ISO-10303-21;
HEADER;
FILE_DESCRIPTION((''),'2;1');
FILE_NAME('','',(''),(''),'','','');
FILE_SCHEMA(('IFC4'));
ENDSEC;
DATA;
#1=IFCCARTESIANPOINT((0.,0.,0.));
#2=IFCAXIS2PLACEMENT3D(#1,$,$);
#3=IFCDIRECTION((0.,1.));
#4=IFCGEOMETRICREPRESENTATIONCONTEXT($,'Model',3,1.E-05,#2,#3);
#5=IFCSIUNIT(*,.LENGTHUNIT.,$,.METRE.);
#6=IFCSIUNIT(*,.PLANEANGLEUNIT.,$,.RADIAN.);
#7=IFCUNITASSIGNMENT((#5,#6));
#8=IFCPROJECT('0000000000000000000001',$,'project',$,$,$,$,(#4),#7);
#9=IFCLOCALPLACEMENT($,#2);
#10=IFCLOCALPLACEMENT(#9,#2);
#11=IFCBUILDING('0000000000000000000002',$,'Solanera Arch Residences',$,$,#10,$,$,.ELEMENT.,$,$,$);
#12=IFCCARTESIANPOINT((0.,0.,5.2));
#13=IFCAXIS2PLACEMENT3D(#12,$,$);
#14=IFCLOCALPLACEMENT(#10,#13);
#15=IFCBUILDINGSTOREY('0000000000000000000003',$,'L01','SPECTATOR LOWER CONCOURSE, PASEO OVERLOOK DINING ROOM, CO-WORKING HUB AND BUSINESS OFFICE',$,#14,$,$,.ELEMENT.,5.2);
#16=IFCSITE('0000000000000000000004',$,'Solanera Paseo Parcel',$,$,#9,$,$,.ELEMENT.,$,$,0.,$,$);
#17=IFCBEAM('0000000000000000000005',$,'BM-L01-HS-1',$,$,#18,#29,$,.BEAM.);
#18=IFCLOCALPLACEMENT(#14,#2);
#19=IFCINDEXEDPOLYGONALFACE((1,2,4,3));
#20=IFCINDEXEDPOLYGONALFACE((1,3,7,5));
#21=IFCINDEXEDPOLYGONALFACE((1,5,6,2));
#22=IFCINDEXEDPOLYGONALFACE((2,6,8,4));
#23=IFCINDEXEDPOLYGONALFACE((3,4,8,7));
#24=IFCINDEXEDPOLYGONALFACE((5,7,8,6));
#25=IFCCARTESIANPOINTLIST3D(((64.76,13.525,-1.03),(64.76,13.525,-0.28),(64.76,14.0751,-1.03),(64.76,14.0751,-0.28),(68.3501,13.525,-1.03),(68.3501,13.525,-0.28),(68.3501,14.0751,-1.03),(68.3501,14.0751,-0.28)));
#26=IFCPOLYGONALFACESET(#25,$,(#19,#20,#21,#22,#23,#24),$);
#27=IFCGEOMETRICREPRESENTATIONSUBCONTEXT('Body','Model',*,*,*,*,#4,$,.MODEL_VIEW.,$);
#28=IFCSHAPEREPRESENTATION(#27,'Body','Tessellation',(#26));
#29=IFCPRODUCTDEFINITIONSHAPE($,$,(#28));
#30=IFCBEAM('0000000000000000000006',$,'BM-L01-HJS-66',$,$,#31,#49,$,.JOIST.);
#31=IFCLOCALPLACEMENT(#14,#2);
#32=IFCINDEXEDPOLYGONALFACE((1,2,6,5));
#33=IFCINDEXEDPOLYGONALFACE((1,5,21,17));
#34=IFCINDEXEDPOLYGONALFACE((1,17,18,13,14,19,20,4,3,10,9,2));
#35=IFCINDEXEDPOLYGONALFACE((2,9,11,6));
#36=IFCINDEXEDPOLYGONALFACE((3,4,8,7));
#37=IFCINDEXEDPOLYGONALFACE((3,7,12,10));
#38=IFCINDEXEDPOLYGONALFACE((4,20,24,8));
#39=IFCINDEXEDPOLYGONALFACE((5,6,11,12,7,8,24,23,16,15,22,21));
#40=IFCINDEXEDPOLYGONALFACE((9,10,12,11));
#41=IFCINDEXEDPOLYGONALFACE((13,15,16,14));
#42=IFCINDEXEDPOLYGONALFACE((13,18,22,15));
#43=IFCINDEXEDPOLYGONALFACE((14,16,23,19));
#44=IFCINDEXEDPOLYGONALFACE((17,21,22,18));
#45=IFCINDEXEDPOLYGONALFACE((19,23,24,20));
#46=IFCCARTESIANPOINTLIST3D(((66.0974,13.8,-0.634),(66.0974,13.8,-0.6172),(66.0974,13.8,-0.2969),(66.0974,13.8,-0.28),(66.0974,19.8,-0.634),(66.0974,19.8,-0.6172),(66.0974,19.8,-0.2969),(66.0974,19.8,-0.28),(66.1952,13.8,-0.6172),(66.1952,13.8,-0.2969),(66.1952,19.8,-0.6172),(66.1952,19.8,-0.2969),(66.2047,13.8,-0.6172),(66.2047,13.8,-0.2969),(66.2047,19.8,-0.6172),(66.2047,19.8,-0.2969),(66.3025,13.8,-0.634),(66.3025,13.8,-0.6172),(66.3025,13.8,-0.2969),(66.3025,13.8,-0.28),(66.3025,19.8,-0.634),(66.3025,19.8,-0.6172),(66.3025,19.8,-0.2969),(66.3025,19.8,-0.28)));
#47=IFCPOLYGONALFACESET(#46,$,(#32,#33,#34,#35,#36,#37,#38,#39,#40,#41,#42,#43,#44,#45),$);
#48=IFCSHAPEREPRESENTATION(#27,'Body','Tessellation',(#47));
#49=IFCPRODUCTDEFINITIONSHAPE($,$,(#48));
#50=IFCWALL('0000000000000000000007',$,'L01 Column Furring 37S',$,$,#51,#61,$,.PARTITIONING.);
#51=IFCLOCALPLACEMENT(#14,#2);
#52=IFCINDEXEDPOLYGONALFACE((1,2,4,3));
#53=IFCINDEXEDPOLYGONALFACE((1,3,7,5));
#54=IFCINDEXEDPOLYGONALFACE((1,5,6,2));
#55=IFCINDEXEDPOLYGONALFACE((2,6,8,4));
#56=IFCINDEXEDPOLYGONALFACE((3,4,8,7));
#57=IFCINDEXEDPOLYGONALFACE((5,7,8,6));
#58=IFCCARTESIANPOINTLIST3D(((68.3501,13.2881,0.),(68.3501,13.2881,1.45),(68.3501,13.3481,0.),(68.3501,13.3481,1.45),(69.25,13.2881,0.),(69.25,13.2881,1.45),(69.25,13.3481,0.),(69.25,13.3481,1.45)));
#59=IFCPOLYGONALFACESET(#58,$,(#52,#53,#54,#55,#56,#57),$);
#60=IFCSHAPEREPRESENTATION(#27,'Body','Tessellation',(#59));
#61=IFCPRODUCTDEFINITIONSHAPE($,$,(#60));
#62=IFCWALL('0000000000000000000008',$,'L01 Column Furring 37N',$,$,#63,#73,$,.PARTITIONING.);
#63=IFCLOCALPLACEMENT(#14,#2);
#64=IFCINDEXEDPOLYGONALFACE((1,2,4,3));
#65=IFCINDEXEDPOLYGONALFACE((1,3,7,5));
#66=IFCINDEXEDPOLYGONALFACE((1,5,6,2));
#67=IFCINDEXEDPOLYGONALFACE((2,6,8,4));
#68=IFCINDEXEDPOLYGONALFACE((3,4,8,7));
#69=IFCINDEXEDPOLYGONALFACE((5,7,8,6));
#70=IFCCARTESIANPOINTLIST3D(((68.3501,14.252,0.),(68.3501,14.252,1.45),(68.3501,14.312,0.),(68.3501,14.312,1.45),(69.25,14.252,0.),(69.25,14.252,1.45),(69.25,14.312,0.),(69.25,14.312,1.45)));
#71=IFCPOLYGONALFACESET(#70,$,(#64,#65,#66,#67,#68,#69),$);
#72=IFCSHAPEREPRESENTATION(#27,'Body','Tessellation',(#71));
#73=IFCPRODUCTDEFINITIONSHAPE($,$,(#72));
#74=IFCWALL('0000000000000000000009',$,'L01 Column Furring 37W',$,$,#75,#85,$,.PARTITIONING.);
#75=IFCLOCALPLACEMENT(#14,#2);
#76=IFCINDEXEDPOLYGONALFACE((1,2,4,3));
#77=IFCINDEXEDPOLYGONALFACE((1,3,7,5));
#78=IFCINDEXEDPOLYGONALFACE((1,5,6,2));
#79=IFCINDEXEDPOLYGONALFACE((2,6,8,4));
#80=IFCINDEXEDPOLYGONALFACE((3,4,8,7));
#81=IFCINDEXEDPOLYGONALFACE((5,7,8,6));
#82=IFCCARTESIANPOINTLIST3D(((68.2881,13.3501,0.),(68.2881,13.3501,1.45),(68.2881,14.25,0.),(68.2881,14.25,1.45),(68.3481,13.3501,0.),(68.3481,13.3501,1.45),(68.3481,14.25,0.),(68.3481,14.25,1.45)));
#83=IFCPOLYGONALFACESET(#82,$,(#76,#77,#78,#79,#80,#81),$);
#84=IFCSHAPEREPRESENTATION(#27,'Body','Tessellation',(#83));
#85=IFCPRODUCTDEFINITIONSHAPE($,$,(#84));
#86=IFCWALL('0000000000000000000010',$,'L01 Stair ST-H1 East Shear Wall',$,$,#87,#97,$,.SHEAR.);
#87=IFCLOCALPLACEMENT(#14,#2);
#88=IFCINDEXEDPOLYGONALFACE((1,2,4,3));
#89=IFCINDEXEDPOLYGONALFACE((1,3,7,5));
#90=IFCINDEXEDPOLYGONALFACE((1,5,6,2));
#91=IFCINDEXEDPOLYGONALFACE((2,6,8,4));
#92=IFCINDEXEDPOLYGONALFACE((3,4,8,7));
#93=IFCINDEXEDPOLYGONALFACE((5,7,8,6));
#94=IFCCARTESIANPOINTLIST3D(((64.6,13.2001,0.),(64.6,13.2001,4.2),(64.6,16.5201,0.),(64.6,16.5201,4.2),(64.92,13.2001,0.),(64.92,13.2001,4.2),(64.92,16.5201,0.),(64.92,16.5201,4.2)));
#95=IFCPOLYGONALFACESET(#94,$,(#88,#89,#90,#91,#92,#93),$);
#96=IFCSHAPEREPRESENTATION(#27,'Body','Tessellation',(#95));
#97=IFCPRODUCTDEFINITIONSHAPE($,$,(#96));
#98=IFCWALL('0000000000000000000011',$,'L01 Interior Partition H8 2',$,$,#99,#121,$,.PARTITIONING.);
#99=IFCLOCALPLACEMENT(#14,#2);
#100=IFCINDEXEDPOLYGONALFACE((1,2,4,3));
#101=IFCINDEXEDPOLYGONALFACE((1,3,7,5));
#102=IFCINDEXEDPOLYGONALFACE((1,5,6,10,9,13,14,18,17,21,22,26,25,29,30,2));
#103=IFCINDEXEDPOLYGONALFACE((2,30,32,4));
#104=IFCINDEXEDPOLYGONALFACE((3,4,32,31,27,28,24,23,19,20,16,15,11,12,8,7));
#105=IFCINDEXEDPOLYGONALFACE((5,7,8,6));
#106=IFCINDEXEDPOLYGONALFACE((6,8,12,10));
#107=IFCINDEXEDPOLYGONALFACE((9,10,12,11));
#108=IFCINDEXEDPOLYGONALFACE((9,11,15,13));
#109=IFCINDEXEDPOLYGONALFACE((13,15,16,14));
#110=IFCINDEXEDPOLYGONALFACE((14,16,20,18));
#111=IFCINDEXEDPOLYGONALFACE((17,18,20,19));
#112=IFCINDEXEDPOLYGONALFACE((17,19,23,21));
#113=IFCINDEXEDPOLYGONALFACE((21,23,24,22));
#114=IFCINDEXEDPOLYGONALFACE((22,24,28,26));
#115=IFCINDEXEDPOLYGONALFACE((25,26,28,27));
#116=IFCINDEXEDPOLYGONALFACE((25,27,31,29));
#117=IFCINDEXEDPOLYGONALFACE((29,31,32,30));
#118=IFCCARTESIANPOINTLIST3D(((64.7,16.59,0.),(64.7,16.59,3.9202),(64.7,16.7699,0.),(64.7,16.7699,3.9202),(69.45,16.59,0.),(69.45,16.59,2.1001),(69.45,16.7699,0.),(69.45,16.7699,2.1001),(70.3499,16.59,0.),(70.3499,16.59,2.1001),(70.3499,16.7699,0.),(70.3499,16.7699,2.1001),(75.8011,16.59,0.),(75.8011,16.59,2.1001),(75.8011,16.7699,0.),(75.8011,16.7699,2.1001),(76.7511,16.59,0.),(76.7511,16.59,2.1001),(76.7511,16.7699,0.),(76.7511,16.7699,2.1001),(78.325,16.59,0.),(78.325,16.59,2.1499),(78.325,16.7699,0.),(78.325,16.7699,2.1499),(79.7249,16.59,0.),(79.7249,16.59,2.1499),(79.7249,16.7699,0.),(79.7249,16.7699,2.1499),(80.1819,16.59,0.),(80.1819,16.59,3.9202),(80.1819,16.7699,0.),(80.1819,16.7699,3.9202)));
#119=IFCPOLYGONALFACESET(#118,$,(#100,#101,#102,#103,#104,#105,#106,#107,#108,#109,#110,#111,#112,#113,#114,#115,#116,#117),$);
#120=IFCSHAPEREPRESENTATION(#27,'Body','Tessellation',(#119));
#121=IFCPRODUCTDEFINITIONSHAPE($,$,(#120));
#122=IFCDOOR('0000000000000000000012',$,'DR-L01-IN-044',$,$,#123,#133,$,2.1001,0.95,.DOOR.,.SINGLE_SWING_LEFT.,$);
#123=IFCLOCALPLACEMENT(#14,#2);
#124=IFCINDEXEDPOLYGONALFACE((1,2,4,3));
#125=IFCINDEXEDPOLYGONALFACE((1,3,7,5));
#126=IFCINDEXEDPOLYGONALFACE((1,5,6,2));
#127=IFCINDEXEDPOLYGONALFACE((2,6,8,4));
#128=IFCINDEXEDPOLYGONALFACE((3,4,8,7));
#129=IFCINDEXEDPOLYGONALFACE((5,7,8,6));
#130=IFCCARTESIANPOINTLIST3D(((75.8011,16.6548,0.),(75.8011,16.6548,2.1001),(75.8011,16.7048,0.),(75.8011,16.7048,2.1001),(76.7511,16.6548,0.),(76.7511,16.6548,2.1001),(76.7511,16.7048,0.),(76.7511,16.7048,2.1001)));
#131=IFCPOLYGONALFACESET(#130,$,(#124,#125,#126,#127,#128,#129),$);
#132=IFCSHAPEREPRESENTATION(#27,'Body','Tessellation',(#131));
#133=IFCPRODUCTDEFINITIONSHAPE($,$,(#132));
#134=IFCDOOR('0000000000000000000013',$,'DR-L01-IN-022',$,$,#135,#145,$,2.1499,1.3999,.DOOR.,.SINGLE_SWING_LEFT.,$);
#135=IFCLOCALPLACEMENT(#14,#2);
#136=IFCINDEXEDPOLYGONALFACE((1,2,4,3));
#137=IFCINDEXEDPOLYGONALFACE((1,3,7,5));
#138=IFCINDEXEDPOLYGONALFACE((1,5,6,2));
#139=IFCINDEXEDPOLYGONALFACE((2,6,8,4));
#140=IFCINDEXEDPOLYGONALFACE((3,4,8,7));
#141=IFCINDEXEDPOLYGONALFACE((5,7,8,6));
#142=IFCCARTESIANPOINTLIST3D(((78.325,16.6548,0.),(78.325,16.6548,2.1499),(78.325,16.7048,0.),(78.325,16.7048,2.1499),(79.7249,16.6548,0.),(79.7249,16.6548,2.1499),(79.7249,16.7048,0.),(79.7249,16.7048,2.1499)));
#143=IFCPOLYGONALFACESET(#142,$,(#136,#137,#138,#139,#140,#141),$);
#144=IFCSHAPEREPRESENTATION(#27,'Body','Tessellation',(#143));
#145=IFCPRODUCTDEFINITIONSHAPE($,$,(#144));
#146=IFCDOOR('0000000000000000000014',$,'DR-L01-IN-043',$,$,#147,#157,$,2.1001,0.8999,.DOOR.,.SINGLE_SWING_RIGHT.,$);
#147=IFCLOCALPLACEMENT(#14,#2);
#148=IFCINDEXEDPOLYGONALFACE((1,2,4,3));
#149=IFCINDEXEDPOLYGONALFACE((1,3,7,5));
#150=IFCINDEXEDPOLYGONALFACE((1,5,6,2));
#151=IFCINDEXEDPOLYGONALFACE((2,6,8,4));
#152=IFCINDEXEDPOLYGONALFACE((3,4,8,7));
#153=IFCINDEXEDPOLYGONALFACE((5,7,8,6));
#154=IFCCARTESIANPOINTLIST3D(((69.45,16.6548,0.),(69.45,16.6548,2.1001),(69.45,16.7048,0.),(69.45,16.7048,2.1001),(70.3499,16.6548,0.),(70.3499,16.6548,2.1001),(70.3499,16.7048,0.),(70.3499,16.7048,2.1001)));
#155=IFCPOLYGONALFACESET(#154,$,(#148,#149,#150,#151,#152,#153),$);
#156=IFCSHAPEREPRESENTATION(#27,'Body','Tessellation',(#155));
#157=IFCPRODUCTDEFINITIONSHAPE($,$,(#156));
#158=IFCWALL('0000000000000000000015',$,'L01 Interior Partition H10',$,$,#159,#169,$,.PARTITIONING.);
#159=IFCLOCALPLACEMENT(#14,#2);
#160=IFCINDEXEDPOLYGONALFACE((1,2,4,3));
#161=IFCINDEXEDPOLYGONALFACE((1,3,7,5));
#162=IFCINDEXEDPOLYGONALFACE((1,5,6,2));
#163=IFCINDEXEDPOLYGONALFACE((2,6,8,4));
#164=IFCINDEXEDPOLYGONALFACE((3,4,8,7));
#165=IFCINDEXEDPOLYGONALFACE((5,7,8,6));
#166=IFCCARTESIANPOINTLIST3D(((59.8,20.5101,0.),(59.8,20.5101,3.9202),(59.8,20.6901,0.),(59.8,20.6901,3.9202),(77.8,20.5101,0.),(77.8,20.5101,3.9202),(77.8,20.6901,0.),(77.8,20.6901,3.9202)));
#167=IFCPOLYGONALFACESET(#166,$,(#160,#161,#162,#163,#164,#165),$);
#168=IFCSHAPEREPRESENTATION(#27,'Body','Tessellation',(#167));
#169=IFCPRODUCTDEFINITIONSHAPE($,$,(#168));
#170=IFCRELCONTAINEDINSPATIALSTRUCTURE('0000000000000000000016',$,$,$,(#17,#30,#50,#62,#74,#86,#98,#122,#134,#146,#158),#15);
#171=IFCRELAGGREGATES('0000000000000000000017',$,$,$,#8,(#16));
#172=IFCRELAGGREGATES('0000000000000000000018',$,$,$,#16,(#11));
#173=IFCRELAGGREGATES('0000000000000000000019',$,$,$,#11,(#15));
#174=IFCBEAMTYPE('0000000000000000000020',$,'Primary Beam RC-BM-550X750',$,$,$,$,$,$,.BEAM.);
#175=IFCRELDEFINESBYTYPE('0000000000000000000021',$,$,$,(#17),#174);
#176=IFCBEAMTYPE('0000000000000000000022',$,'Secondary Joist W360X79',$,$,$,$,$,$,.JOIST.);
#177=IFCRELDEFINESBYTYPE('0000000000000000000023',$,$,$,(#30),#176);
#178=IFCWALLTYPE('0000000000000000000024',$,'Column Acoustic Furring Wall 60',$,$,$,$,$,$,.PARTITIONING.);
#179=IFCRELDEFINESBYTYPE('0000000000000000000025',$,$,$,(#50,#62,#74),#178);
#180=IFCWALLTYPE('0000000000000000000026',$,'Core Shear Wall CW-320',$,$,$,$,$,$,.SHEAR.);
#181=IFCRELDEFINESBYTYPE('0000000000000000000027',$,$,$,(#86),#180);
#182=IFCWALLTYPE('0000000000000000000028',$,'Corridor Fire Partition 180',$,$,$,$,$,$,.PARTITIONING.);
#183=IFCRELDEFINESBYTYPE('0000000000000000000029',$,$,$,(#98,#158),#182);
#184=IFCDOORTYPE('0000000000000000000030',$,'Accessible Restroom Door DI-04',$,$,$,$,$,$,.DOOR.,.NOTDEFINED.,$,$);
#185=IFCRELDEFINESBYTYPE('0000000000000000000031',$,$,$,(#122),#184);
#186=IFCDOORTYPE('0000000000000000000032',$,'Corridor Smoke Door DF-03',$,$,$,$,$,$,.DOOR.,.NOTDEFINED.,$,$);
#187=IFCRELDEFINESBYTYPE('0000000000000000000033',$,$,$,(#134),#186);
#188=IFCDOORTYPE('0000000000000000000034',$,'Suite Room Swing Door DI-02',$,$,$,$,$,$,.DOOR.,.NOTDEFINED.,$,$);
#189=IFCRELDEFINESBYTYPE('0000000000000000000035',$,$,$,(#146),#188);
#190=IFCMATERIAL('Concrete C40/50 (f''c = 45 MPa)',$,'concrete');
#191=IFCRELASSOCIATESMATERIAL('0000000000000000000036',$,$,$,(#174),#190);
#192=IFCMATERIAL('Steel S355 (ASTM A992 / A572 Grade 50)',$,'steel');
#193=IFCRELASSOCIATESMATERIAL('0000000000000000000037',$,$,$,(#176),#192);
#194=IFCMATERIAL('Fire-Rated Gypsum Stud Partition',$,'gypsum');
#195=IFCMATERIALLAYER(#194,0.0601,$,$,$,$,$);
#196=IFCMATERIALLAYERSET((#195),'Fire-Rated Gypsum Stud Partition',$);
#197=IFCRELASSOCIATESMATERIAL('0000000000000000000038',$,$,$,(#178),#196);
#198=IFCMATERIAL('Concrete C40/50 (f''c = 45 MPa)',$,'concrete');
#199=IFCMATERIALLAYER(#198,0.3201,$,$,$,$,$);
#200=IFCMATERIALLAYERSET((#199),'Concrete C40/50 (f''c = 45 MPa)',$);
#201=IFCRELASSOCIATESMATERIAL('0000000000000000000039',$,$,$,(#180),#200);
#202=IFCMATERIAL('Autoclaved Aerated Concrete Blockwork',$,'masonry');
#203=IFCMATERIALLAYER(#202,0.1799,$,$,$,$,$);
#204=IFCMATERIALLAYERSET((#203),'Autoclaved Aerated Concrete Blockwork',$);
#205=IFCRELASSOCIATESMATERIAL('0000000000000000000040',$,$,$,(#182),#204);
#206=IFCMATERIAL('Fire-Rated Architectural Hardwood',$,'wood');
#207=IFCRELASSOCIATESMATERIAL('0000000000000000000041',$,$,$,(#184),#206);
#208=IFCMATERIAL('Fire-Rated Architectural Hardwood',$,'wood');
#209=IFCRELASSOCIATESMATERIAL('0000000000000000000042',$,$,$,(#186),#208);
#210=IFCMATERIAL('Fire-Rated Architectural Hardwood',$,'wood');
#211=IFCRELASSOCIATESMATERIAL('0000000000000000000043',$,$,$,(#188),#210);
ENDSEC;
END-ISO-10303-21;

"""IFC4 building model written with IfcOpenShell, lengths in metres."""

from ifc_helpers import new_model, si_unit, direction, frame, frame_2d, origin, origin_2d, place, context, subcontext, project, spatial, rectangle, i_section, extrude, material, layer, layer_set, material_profile, profile_set, type_object, element, fill, save


model = new_model("IFC4")

# Units and contexts
model_context = context("Model", 3, precision=1e-05, world=origin(), true_north=direction((0.0, 1.0)))
body_context = subcontext(model_context, "Body", "Model", "MODEL_VIEW")
ifc_project = project(units=[si_unit("LENGTHUNIT", "METRE"), si_unit("PLANEANGLEUNIT", "RADIAN")], contexts=[model_context])

# Site, building, storey
site_placement = place(None, origin())
site = spatial("IfcSite", under=ifc_project, at=site_placement, Name="Solanera Paseo Parcel", CompositionType="ELEMENT", RefElevation=0.0)
building_placement = place(site_placement, origin())
building = spatial("IfcBuilding", under=site, at=building_placement, Name="Solanera Arch Residences", CompositionType="ELEMENT")
storey_placement = place(building_placement, frame((0.0, 0.0, 5.2)))
storey = spatial("IfcBuildingStorey", under=building, at=storey_placement, Name="L01", Description="SPECTATOR LOWER CONCOURSE, PASEO OVERLOOK DINING ROOM, CO-WORKING HUB AND BUSINESS OFFICE", CompositionType="ELEMENT", Elevation=5.2)

# Beams
ifc_material_1 = material(Name="Concrete C40/50 (f'c = 45 MPa)", Category="concrete")
ifc_material_profile_1 = material_profile(ifc_material_1, rectangle(XDim=0.55, YDim=0.75, at=origin_2d()))
ifc_profile_set_1 = profile_set([ifc_material_profile_1], Name="Concrete C40/50 (f'c = 45 MPa)")
beam_type_1 = type_object("IfcBeamType", Name="Primary Beam RC-BM-550X750", PredefinedType="BEAM", material=ifc_profile_set_1)
beam_1_placement = place(storey_placement, frame((64.76, 13.8, -0.655), z_axis=(1.0, 0.0, 0.0), x_axis=(0.0, 1.0, 0.0)))
element("IfcBeam", 1, at=beam_1_placement, inside=storey, type_object=beam_type_1, Name="BM-L01-HS-1", PredefinedType="BEAM", context=body_context, shape_type="SweptSolid", body=[
    extrude(rectangle(XDim=0.55, YDim=0.75, at=origin_2d()), origin(), (0.0, 0.0, 1.0), 3.5901),
])
ifc_material_2 = material(Name="Steel S355 (ASTM A992 / A572 Grade 50)", Category="steel")
ifc_material_profile_2 = material_profile(ifc_material_2, i_section(OverallWidth=0.2051, OverallDepth=0.354, WebThickness=0.0095, FlangeThickness=0.0168, at=origin_2d()))
ifc_profile_set_2 = profile_set([ifc_material_profile_2], Name="Steel S355 (ASTM A992 / A572 Grade 50)")
beam_type_2 = type_object("IfcBeamType", Name="Secondary Joist W360X79", PredefinedType="JOIST", material=ifc_profile_set_2)
beam_2_placement = place(storey_placement, frame((66.2, 13.8, -0.457), z_axis=(0.0, 1.0, 0.0), x_axis=(-1.0, 0.0, 0.0)))
element("IfcBeam", 2, at=beam_2_placement, inside=storey, type_object=beam_type_2, Name="BM-L01-HJS-66", PredefinedType="JOIST", context=body_context, shape_type="SweptSolid", body=[
    extrude(i_section(OverallWidth=0.2051, OverallDepth=0.354, WebThickness=0.0095, FlangeThickness=0.0168, at=origin_2d()), origin(), (0.0, 0.0, 1.0), 6.0),
])

# Walls
ifc_material_3 = material(Name="Fire-Rated Gypsum Stud Partition", Category="gypsum")
ifc_layer_1 = layer(ifc_material_3, 0.0601)
ifc_layer_set_1 = layer_set([ifc_layer_1], Name="Fire-Rated Gypsum Stud Partition")
wall_type_1 = type_object("IfcWallType", Name="Column Acoustic Furring Wall 60", PredefinedType="PARTITIONING", material=ifc_layer_set_1)
for number, where, z_axis, x_axis, name in (
    (3, (68.3501, 13.3181, 0.0), (0.0, 0.0, 1.0), (1.0, 0.0, 0.0), "L01 Column Furring 37S"),
    (4, (68.3501, 14.282, 0.0), (0.0, 0.0, 1.0), (1.0, 0.0, 0.0), "L01 Column Furring 37N"),
    (5, (68.3181, 13.3501, 0.0), (0.0, 0.0, 1.0), (0.0, 1.0, 0.0), "L01 Column Furring 37W"),
):
    element("IfcWall", number, at=place(storey_placement, frame(where, z_axis=z_axis, x_axis=x_axis)), inside=storey, type_object=wall_type_1, Name=name, PredefinedType="PARTITIONING", context=body_context, shape_type="SweptSolid", body=[
        extrude(rectangle(XDim=0.8999, YDim=0.0601, at=frame_2d((0.45, 0.0))), origin(), (0.0, 0.0, 1.0), 1.45),
    ])
ifc_material_4 = material(Name="Concrete C40/50 (f'c = 45 MPa)", Category="concrete")
ifc_layer_2 = layer(ifc_material_4, 0.3201)
ifc_layer_set_2 = layer_set([ifc_layer_2], Name="Concrete C40/50 (f'c = 45 MPa)")
wall_type_2 = type_object("IfcWallType", Name="Core Shear Wall CW-320", PredefinedType="SHEAR", material=ifc_layer_set_2)
wall_1_placement = place(storey_placement, frame((64.76, 13.2, 0.0), z_axis=(0.0, 0.0, 1.0), x_axis=(0.0, 1.0, 0.0)))
element("IfcWall", 6, at=wall_1_placement, inside=storey, type_object=wall_type_2, Name="L01 Stair ST-H1 East Shear Wall", PredefinedType="SHEAR", context=body_context, shape_type="SweptSolid", body=[
    extrude(rectangle(XDim=3.3201, YDim=0.3201, at=frame_2d((1.6602, 0.0))), origin(), (0.0, 0.0, 1.0), 4.2),
])

# Wall, openings, doors
ifc_material_5 = material(Name="Autoclaved Aerated Concrete Blockwork", Category="masonry")
ifc_layer_3 = layer(ifc_material_5, 0.1799)
ifc_layer_set_3 = layer_set([ifc_layer_3], Name="Autoclaved Aerated Concrete Blockwork")
wall_type_3 = type_object("IfcWallType", Name="Corridor Fire Partition 180", PredefinedType="PARTITIONING", material=ifc_layer_set_3)
wall_2_placement = place(storey_placement, frame((64.7, 16.6799, 0.0), z_axis=(0.0, 0.0, 1.0), x_axis=(1.0, 0.0, 0.0)))
wall_2 = element("IfcWall", 7, at=wall_2_placement, inside=storey, type_object=wall_type_3, Name="L01 Interior Partition H8 2", PredefinedType="PARTITIONING", context=body_context, shape_type="SweptSolid", body=[
    extrude(rectangle(XDim=15.4819, YDim=0.1799, at=frame_2d((7.741, 0.0))), origin(), (0.0, 0.0, 1.0), 3.9202),
])
opening_1_placement = place(wall_2_placement, frame((13.625, 0.0, 0.0)))
opening_1 = element("IfcOpeningElement", 8, at=opening_1_placement, cuts=wall_2, PredefinedType="OPENING", context=body_context, shape_type="SweptSolid", body=[
    extrude(rectangle(XDim=1.3999, YDim=2.1499, at=frame_2d((0.7, 1.075))), frame((0.0, 0.1001, 0.0), z_axis=(0.0, -1.0, 0.0), x_axis=(1.0, 0.0, 0.0)), (0.0, 0.0, 1.0), 0.1999),
])
opening_2_placement = place(wall_2_placement, frame((4.75, 0.0, 0.0)))
opening_2 = element("IfcOpeningElement", 9, at=opening_2_placement, cuts=wall_2, PredefinedType="OPENING", context=body_context, shape_type="SweptSolid", body=[
    extrude(rectangle(XDim=0.8999, YDim=2.1001, at=frame_2d((0.45, 1.05))), frame((0.0, 0.1001, 0.0), z_axis=(0.0, -1.0, 0.0), x_axis=(1.0, 0.0, 0.0)), (0.0, 0.0, 1.0), 0.1999),
])
opening_3_placement = place(wall_2_placement, frame((11.1011, 0.0, 0.0)))
opening_3 = element("IfcOpeningElement", 10, at=opening_3_placement, cuts=wall_2, PredefinedType="OPENING", context=body_context, shape_type="SweptSolid", body=[
    extrude(rectangle(XDim=0.95, YDim=2.1001, at=frame_2d((0.4751, 1.05))), frame((0.0, 0.1001, 0.0), z_axis=(0.0, -1.0, 0.0), x_axis=(1.0, 0.0, 0.0)), (0.0, 0.0, 1.0), 0.1999),
])
ifc_material_6 = material(Name="Fire-Rated Architectural Hardwood", Category="wood")
door_type_1 = type_object("IfcDoorType", Name="Accessible Restroom Door DI-04", OperationType="NOTDEFINED", PredefinedType="DOOR", material=ifc_material_6)
door_1_placement = place(opening_3_placement, origin())
door_1 = element("IfcDoor", 11, at=door_1_placement, inside=storey, type_object=door_type_1, Name="DR-L01-IN-044", OperationType="SINGLE_SWING_LEFT", OverallHeight=2.1001, OverallWidth=0.95, PredefinedType="DOOR", context=body_context, shape_type="SweptSolid", body=[
    extrude(rectangle(XDim=0.95, YDim=2.1001, at=frame_2d((0.4751, 1.05))), frame((0.0, 0.0249, 0.0), z_axis=(0.0, -1.0, 0.0), x_axis=(1.0, 0.0, 0.0)), (0.0, 0.0, 1.0), 0.05),
])
fill(opening_3, door_1)
ifc_material_7 = material(Name="Fire-Rated Architectural Hardwood", Category="wood")
door_type_2 = type_object("IfcDoorType", Name="Corridor Smoke Door DF-03", OperationType="NOTDEFINED", PredefinedType="DOOR", material=ifc_material_7)
door_2_placement = place(opening_1_placement, origin())
door_2 = element("IfcDoor", 12, at=door_2_placement, inside=storey, type_object=door_type_2, Name="DR-L01-IN-022", OperationType="SINGLE_SWING_LEFT", OverallHeight=2.1499, OverallWidth=1.3999, PredefinedType="DOOR", context=body_context, shape_type="SweptSolid", body=[
    extrude(rectangle(XDim=1.3999, YDim=2.1499, at=frame_2d((0.7, 1.075))), frame((0.0, 0.0249, 0.0), z_axis=(0.0, -1.0, 0.0), x_axis=(1.0, 0.0, 0.0)), (0.0, 0.0, 1.0), 0.05),
])
fill(opening_1, door_2)
ifc_material_8 = material(Name="Fire-Rated Architectural Hardwood", Category="wood")
door_type_3 = type_object("IfcDoorType", Name="Suite Room Swing Door DI-02", OperationType="NOTDEFINED", PredefinedType="DOOR", material=ifc_material_8)
door_3_placement = place(opening_2_placement, origin())
door_3 = element("IfcDoor", 13, at=door_3_placement, inside=storey, type_object=door_type_3, Name="DR-L01-IN-043", OperationType="SINGLE_SWING_RIGHT", OverallHeight=2.1001, OverallWidth=0.8999, PredefinedType="DOOR", context=body_context, shape_type="SweptSolid", body=[
    extrude(rectangle(XDim=0.8999, YDim=2.1001, at=frame_2d((0.45, 1.05))), frame((0.0, 0.0249, 0.0), z_axis=(0.0, -1.0, 0.0), x_axis=(1.0, 0.0, 0.0)), (0.0, 0.0, 1.0), 0.05),
])
fill(opening_2, door_3)

# Wall
wall_3_placement = place(storey_placement, frame((59.8, 20.6001, 0.0), z_axis=(0.0, 0.0, 1.0), x_axis=(1.0, 0.0, 0.0)))
element("IfcWall", 14, at=wall_3_placement, inside=storey, type_object=wall_type_3, Name="L01 Interior Partition H10", PredefinedType="PARTITIONING", context=body_context, shape_type="SweptSolid", body=[
    extrude(rectangle(XDim=18.0, YDim=0.1799, at=frame_2d((9.0, 0.0))), origin(), (0.0, 0.0, 1.0), 3.9202),
])

save(model, "model.ifc")
